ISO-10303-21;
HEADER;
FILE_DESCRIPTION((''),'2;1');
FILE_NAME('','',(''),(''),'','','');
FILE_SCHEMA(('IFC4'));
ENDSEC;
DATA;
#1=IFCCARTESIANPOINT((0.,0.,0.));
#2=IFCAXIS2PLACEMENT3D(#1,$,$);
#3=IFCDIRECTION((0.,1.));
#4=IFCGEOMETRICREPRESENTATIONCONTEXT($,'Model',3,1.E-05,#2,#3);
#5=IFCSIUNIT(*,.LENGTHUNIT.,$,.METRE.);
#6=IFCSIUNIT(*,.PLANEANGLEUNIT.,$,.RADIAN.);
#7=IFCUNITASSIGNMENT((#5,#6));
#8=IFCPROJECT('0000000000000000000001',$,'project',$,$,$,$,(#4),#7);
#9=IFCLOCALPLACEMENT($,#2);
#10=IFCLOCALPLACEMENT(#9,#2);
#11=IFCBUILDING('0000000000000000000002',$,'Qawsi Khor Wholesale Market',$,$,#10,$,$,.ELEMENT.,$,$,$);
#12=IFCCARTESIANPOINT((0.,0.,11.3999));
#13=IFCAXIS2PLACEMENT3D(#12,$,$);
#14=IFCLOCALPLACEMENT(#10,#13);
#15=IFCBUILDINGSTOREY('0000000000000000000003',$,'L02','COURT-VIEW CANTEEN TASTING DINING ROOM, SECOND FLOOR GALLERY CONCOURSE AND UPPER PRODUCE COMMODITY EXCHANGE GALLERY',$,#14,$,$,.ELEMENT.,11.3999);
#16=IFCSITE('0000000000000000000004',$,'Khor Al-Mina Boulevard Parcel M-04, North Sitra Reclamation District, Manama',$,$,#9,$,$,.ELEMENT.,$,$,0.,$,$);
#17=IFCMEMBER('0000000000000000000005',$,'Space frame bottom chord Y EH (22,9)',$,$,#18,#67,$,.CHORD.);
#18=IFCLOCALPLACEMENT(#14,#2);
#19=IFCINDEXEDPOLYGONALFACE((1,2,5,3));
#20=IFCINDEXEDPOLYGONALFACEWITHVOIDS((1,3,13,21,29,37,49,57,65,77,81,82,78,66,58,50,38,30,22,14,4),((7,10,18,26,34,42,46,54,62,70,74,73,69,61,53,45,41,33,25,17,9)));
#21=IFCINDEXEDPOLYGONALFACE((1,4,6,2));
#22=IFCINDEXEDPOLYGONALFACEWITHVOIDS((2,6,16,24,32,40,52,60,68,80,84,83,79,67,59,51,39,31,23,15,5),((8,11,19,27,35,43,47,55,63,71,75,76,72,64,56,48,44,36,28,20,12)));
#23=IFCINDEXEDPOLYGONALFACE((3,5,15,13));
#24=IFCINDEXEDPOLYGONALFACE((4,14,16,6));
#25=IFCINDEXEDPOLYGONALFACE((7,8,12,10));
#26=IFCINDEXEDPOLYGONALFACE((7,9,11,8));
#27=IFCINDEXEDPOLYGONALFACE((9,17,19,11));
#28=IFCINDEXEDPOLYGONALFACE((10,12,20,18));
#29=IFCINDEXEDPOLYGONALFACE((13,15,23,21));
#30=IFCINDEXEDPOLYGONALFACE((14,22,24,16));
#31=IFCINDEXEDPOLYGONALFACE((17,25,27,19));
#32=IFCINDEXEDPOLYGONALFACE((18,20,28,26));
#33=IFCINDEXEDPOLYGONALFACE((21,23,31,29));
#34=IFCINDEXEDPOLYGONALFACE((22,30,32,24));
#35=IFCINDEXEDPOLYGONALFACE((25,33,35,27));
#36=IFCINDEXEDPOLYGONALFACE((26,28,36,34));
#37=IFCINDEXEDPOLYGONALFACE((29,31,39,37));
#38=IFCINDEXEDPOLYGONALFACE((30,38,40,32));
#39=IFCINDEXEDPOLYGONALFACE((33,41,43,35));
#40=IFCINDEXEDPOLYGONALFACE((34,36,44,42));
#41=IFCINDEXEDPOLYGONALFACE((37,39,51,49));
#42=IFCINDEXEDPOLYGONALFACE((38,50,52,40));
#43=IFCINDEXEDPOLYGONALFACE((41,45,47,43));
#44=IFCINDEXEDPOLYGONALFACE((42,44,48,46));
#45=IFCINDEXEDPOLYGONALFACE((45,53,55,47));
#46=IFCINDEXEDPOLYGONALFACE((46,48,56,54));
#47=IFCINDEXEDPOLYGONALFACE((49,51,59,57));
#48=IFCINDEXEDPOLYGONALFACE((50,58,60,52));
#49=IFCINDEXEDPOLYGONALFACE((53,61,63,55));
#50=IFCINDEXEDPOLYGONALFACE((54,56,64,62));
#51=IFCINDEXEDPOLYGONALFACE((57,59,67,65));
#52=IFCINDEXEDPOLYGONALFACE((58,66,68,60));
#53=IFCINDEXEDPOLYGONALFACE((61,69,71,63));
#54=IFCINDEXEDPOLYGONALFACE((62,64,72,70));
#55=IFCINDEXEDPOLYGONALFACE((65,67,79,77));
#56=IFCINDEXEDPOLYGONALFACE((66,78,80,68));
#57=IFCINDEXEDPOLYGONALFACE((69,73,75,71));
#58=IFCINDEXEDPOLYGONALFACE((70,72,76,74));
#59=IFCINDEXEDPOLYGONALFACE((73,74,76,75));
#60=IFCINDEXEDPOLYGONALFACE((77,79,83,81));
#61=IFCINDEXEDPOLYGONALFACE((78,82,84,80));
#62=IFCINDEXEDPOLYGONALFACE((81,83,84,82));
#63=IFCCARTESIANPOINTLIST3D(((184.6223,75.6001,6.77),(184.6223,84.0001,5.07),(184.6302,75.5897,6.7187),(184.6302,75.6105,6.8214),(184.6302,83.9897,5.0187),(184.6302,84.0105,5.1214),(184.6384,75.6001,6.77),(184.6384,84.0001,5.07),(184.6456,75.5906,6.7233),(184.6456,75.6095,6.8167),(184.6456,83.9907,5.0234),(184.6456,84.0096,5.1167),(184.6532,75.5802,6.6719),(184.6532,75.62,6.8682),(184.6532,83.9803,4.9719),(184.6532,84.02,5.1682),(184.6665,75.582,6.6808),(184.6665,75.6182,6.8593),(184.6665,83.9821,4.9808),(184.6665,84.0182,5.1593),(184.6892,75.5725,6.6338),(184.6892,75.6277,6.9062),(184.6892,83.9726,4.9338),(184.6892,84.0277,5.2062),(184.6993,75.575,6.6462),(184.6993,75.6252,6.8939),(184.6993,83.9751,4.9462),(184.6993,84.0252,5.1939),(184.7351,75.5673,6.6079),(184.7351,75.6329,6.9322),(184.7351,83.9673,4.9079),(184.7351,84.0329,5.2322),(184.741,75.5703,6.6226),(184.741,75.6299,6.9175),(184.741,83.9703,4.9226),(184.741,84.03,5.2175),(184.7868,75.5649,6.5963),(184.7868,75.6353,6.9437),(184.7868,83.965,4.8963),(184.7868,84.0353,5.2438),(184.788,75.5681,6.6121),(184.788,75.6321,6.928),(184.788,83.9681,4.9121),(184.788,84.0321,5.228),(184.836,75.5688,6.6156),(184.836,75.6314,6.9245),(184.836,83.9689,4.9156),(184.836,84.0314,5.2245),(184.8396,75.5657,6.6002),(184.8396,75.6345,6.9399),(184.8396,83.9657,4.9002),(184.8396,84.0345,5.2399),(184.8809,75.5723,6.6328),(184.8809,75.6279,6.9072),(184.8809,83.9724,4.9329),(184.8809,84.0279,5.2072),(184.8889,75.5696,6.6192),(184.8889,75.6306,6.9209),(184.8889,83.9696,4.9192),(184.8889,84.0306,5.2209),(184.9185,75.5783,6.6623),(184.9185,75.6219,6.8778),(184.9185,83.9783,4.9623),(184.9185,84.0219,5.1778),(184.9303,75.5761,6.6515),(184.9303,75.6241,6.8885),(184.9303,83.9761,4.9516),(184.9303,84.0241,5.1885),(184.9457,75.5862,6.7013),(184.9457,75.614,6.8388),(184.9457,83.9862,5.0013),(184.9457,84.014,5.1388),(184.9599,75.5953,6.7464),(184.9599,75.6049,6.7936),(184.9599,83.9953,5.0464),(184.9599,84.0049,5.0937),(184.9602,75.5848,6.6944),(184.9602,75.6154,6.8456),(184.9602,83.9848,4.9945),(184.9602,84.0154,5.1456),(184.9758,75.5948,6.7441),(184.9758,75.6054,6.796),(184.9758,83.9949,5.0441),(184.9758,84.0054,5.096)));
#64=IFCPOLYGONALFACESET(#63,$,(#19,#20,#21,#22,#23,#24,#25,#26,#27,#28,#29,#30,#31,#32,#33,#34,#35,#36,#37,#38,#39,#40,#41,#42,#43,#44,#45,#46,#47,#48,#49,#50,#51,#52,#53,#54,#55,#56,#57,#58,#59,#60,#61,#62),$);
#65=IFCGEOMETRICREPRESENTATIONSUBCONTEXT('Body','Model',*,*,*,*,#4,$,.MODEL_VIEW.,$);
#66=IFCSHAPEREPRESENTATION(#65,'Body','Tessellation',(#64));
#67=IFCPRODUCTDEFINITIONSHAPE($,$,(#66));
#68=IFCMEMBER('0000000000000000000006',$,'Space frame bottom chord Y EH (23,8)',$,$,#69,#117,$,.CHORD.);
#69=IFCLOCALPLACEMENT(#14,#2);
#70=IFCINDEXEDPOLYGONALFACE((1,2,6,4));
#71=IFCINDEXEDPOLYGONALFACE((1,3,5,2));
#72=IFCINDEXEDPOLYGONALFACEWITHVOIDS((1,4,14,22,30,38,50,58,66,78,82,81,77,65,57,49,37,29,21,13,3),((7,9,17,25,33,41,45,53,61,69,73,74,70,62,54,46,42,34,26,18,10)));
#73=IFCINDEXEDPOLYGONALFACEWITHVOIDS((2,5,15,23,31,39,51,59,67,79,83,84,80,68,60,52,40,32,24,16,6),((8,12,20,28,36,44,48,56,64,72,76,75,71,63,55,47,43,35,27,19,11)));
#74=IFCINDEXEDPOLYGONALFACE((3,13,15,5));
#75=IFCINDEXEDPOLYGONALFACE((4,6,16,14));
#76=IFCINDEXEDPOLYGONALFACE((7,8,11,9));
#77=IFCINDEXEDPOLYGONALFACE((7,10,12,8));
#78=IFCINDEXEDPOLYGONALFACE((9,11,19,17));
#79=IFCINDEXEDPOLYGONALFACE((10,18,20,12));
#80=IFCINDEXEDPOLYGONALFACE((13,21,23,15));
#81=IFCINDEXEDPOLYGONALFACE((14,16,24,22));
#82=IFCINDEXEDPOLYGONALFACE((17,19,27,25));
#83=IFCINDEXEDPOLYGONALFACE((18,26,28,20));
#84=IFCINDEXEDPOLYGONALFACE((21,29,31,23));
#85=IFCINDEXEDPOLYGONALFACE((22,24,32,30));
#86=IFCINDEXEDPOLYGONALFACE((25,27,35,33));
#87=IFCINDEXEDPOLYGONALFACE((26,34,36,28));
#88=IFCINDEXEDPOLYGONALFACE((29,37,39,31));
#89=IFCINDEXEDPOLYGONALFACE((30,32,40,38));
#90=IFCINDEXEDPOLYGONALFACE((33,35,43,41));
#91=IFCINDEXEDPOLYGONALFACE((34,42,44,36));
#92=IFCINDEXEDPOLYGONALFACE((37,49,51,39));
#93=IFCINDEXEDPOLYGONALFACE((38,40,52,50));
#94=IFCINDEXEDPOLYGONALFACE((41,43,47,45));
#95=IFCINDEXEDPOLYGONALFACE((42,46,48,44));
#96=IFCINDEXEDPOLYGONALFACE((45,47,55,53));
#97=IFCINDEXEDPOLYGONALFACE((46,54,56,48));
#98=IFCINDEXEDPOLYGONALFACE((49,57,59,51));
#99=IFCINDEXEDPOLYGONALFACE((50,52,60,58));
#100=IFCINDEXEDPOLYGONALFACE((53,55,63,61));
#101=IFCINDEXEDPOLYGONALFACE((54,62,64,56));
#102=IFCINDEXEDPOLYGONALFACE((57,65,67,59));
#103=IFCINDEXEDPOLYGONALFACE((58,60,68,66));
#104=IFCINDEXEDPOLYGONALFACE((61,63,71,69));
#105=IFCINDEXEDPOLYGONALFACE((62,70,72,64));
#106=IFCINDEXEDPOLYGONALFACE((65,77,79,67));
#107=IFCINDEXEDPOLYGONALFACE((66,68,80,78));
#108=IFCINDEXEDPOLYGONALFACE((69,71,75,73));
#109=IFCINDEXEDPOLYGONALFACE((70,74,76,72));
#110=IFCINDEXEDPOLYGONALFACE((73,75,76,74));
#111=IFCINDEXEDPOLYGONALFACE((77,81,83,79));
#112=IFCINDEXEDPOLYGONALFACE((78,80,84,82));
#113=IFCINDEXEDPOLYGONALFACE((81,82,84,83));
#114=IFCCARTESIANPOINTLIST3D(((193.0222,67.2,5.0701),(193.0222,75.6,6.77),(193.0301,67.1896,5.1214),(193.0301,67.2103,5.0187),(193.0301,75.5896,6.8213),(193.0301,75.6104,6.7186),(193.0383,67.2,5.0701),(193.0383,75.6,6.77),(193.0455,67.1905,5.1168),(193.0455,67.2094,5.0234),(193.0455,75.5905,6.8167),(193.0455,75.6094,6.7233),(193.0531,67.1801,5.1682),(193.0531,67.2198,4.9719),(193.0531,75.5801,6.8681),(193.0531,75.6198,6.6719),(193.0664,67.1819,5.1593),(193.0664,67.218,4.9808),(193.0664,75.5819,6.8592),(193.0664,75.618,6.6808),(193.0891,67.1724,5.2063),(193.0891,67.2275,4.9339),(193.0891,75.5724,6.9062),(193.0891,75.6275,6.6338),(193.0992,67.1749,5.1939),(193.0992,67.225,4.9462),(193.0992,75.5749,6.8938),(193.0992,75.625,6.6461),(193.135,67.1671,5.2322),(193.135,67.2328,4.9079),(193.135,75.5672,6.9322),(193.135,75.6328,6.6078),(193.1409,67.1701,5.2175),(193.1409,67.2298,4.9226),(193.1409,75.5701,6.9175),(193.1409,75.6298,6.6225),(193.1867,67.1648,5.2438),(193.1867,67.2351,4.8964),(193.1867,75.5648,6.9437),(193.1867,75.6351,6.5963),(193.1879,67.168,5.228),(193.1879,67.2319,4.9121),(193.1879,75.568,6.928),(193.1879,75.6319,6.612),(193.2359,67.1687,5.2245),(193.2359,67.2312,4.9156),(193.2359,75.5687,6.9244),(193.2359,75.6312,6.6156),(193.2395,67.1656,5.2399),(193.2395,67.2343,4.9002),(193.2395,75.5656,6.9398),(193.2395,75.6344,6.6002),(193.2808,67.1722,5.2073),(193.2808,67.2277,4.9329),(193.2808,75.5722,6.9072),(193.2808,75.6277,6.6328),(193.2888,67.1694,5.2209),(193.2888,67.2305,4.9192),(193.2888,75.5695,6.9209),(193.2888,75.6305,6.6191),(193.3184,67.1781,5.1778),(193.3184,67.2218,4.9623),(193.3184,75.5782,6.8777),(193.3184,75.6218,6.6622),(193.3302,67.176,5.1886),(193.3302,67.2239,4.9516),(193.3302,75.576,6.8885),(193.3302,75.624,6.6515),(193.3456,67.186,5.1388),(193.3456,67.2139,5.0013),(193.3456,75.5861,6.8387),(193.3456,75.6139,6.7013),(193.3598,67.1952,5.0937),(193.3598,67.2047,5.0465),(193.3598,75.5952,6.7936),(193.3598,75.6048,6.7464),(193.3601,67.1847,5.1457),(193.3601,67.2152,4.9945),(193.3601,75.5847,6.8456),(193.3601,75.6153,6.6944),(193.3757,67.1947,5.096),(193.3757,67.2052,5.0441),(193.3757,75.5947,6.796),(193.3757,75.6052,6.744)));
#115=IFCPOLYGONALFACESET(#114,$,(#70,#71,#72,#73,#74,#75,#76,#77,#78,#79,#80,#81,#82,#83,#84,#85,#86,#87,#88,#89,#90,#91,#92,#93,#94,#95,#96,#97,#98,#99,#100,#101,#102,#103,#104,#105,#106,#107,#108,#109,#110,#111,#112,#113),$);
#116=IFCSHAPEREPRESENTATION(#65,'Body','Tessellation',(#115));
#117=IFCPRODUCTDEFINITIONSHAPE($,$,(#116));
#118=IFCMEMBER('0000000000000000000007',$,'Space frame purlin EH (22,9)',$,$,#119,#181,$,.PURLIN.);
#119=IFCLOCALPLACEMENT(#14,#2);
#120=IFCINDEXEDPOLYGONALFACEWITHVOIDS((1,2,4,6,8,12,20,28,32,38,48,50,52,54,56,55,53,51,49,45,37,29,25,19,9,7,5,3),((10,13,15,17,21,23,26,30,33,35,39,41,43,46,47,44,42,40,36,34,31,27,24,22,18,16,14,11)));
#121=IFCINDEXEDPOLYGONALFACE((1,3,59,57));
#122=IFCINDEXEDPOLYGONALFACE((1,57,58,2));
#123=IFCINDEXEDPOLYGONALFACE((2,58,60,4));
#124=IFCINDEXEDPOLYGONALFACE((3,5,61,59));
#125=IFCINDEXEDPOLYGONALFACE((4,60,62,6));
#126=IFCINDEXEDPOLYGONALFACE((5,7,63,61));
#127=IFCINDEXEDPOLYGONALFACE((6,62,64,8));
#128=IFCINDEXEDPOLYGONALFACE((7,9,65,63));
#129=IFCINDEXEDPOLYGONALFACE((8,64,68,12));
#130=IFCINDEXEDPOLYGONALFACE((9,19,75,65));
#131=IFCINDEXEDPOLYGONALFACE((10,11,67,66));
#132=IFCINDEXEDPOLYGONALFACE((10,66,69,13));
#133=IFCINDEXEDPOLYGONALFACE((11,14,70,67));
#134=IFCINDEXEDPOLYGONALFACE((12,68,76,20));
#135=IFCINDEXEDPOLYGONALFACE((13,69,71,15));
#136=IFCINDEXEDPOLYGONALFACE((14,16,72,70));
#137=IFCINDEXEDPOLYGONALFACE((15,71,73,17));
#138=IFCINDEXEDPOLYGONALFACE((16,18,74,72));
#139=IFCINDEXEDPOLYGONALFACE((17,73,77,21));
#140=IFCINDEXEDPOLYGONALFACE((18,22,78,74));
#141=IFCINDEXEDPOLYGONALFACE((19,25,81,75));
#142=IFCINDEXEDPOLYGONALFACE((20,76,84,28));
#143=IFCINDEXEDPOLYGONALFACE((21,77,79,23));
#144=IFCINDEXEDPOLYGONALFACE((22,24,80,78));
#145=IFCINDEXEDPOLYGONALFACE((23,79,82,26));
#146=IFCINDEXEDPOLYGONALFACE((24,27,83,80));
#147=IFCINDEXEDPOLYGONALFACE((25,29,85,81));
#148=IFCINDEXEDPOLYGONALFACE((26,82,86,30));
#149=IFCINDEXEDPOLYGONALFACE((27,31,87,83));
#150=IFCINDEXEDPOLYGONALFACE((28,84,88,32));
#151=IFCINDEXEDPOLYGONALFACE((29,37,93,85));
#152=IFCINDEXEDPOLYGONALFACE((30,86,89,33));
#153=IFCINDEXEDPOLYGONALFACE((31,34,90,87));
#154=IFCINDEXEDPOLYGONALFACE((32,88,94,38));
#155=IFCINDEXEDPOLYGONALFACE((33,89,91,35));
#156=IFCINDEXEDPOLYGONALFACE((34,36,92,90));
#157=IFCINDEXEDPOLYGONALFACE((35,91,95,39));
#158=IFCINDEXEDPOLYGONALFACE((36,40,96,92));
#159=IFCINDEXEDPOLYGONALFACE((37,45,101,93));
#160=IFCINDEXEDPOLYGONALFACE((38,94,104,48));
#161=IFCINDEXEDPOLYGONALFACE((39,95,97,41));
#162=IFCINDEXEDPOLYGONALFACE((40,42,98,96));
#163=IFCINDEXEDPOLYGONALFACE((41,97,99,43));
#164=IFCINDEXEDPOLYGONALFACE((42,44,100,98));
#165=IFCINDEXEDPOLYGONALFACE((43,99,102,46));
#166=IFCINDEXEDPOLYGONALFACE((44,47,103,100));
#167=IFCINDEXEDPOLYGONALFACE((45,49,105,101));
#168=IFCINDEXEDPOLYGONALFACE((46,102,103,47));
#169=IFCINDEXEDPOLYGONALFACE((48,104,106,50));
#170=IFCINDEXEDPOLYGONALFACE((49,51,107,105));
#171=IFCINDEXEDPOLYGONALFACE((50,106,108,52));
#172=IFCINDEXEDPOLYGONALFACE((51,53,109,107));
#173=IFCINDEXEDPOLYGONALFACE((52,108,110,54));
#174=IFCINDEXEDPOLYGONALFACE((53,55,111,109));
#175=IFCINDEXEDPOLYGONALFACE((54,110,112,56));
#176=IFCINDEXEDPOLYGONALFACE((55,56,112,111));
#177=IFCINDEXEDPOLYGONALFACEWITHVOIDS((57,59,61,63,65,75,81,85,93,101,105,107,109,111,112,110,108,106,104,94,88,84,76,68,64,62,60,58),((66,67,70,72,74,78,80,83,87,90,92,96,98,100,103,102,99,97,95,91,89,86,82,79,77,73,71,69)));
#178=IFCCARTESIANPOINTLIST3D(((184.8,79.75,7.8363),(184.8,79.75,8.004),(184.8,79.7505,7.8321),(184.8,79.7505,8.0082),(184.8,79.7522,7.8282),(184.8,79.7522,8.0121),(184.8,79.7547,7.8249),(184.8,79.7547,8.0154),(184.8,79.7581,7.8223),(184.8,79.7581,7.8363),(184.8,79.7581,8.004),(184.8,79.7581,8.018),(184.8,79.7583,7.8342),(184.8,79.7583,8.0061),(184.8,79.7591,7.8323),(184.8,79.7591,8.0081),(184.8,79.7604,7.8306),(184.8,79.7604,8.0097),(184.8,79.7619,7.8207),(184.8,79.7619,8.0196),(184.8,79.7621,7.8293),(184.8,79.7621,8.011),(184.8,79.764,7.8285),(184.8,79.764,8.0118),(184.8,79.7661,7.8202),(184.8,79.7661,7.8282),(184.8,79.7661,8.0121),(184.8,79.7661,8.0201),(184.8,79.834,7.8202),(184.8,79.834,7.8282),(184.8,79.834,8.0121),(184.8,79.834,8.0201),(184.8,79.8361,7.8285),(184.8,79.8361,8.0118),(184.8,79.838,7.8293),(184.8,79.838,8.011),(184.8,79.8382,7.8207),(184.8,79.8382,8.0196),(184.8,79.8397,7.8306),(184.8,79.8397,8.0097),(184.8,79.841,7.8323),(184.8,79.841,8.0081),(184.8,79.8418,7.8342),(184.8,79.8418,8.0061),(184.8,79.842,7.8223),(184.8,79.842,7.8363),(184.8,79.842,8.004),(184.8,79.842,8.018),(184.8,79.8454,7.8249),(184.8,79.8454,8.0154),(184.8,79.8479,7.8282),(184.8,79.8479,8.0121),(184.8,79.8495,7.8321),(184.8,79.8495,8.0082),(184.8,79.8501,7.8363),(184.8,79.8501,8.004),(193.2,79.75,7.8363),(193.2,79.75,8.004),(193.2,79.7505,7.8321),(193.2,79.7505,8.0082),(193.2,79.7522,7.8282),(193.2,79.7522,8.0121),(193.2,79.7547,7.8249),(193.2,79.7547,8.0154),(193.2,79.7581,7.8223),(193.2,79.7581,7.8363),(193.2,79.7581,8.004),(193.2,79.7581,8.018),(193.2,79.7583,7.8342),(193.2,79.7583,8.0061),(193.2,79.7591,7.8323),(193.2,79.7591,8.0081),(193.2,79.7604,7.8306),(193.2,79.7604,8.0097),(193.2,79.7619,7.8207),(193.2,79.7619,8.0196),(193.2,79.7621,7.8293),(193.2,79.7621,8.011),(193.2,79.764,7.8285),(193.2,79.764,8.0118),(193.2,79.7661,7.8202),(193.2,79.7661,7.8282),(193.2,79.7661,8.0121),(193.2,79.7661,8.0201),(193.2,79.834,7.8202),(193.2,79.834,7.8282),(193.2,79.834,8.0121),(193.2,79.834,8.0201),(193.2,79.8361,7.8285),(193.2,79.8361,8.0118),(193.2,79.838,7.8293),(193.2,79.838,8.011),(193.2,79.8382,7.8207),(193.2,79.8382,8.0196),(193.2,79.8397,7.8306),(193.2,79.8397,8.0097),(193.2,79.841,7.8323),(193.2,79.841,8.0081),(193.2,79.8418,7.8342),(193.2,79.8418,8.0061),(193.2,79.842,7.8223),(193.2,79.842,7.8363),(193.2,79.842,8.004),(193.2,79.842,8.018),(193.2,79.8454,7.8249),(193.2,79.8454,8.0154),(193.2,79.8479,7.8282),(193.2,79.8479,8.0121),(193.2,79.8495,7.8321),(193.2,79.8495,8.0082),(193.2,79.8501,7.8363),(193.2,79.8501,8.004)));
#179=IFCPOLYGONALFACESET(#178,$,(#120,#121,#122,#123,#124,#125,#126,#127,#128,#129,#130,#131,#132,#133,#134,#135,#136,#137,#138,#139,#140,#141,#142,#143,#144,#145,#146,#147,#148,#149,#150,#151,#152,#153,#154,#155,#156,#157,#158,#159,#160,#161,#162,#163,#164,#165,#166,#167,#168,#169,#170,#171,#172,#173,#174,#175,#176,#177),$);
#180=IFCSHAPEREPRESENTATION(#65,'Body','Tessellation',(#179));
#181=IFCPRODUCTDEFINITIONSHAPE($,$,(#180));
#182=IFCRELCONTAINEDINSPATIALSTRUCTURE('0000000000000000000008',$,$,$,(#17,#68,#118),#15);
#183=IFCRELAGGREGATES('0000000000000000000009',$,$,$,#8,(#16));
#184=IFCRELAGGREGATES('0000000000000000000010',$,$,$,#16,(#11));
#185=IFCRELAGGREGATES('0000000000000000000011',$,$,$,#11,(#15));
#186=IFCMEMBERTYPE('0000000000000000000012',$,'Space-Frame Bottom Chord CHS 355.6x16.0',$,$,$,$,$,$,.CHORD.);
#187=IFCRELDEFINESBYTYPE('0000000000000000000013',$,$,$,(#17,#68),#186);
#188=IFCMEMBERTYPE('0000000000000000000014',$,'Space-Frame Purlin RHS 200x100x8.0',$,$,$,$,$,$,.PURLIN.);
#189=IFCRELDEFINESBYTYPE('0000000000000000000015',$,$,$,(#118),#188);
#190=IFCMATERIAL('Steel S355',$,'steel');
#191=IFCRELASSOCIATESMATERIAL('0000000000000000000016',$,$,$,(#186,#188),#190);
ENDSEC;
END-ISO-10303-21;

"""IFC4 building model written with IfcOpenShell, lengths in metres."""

from ifc_helpers import new_model, si_unit, direction, frame, origin, origin_2d, place, context, subcontext, project, spatial, hollow_rectangle, hollow_circle, extrude, material, material_profile, profile_set, type_object, element, save


model = new_model("IFC4")

# Units and contexts
model_context = context("Model", 3, precision=1e-05, world=origin(), true_north=direction((0.0, 1.0)))
body_context = subcontext(model_context, "Body", "Model", "MODEL_VIEW")
ifc_project = project(units=[si_unit("LENGTHUNIT", "METRE"), si_unit("PLANEANGLEUNIT", "RADIAN")], contexts=[model_context])

# Site, building, storey
site_placement = place(None, origin())
site = spatial("IfcSite", under=ifc_project, at=site_placement, Name="Khor Al-Mina Boulevard Parcel M-04, North Sitra Reclamation District, Manama", CompositionType="ELEMENT", RefElevation=0.0)
building_placement = place(site_placement, origin())
building = spatial("IfcBuilding", under=site, at=building_placement, Name="Qawsi Khor Wholesale Market", CompositionType="ELEMENT")
storey_placement = place(building_placement, frame((0.0, 0.0, 11.3999)))
storey = spatial("IfcBuildingStorey", under=building, at=storey_placement, Name="L02", Description="COURT-VIEW CANTEEN TASTING DINING ROOM, SECOND FLOOR GALLERY CONCOURSE AND UPPER PRODUCE COMMODITY EXCHANGE GALLERY", CompositionType="ELEMENT", Elevation=11.3999)

# Members
ifc_material_1 = material(Name="Steel S355", Category="steel")
ifc_material_profile_1 = material_profile(ifc_material_1, hollow_circle(Radius=0.1777, WallThickness=0.0161, at=origin_2d()), Name="CHS 355.6x16.0")
ifc_profile_set_1 = profile_set([ifc_material_profile_1], Name="Steel S355")
member_type_1 = type_object("IfcMemberType", Name="Space-Frame Bottom Chord CHS 355.6x16.0", PredefinedType="CHORD", material=ifc_profile_set_1)
for number, where, z_axis, x_axis, name in (
    (1, (184.8, 75.6001, 6.77), (0.0, 0.98013, -0.198356), (-1.0, 0.0, 0.0), "Space frame bottom chord Y EH (22,9)"),
    (2, (193.2, 67.2, 5.0701), (0.0, 0.980131, 0.198351), (-1.0, 0.0, 0.0), "Space frame bottom chord Y EH (23,8)"),
):
    element("IfcMember", number, at=place(storey_placement, frame(where, z_axis=z_axis, x_axis=x_axis)), inside=storey, type_object=member_type_1, Name=name, PredefinedType="CHORD", context=body_context, shape_type="SweptSolid", body=[
        extrude(hollow_circle(Radius=0.1777, WallThickness=0.0161, at=origin_2d()), origin(), (0.0, 0.0, 1.0), 8.5703),
    ])
ifc_material_profile_2 = material_profile(ifc_material_1, hollow_rectangle(XDim=0.1001, YDim=0.2, WallThickness=0.0081, InnerFilletRadius=0.0081, OuterFilletRadius=0.0161, at=origin_2d()), Name="RHS 200x100x8.0")
ifc_profile_set_2 = profile_set([ifc_material_profile_2], Name="Steel S355")
member_type_2 = type_object("IfcMemberType", Name="Space-Frame Purlin RHS 200x100x8.0", PredefinedType="PURLIN", material=ifc_profile_set_2)
member_1_placement = place(storey_placement, frame((184.8, 79.8, 7.9202), z_axis=(1.0, 0.0, 0.0), x_axis=(0.0, 1.0, 0.0)))
element("IfcMember", 3, at=member_1_placement, inside=storey, type_object=member_type_2, Name="Space frame purlin EH (22,9)", PredefinedType="PURLIN", context=body_context, shape_type="SweptSolid", body=[
    extrude(hollow_rectangle(XDim=0.1001, YDim=0.2, WallThickness=0.0081, InnerFilletRadius=0.0081, OuterFilletRadius=0.0161, at=origin_2d()), origin(), (0.0, 0.0, 1.0), 8.3999),
])

save(model, "model.ifc")
